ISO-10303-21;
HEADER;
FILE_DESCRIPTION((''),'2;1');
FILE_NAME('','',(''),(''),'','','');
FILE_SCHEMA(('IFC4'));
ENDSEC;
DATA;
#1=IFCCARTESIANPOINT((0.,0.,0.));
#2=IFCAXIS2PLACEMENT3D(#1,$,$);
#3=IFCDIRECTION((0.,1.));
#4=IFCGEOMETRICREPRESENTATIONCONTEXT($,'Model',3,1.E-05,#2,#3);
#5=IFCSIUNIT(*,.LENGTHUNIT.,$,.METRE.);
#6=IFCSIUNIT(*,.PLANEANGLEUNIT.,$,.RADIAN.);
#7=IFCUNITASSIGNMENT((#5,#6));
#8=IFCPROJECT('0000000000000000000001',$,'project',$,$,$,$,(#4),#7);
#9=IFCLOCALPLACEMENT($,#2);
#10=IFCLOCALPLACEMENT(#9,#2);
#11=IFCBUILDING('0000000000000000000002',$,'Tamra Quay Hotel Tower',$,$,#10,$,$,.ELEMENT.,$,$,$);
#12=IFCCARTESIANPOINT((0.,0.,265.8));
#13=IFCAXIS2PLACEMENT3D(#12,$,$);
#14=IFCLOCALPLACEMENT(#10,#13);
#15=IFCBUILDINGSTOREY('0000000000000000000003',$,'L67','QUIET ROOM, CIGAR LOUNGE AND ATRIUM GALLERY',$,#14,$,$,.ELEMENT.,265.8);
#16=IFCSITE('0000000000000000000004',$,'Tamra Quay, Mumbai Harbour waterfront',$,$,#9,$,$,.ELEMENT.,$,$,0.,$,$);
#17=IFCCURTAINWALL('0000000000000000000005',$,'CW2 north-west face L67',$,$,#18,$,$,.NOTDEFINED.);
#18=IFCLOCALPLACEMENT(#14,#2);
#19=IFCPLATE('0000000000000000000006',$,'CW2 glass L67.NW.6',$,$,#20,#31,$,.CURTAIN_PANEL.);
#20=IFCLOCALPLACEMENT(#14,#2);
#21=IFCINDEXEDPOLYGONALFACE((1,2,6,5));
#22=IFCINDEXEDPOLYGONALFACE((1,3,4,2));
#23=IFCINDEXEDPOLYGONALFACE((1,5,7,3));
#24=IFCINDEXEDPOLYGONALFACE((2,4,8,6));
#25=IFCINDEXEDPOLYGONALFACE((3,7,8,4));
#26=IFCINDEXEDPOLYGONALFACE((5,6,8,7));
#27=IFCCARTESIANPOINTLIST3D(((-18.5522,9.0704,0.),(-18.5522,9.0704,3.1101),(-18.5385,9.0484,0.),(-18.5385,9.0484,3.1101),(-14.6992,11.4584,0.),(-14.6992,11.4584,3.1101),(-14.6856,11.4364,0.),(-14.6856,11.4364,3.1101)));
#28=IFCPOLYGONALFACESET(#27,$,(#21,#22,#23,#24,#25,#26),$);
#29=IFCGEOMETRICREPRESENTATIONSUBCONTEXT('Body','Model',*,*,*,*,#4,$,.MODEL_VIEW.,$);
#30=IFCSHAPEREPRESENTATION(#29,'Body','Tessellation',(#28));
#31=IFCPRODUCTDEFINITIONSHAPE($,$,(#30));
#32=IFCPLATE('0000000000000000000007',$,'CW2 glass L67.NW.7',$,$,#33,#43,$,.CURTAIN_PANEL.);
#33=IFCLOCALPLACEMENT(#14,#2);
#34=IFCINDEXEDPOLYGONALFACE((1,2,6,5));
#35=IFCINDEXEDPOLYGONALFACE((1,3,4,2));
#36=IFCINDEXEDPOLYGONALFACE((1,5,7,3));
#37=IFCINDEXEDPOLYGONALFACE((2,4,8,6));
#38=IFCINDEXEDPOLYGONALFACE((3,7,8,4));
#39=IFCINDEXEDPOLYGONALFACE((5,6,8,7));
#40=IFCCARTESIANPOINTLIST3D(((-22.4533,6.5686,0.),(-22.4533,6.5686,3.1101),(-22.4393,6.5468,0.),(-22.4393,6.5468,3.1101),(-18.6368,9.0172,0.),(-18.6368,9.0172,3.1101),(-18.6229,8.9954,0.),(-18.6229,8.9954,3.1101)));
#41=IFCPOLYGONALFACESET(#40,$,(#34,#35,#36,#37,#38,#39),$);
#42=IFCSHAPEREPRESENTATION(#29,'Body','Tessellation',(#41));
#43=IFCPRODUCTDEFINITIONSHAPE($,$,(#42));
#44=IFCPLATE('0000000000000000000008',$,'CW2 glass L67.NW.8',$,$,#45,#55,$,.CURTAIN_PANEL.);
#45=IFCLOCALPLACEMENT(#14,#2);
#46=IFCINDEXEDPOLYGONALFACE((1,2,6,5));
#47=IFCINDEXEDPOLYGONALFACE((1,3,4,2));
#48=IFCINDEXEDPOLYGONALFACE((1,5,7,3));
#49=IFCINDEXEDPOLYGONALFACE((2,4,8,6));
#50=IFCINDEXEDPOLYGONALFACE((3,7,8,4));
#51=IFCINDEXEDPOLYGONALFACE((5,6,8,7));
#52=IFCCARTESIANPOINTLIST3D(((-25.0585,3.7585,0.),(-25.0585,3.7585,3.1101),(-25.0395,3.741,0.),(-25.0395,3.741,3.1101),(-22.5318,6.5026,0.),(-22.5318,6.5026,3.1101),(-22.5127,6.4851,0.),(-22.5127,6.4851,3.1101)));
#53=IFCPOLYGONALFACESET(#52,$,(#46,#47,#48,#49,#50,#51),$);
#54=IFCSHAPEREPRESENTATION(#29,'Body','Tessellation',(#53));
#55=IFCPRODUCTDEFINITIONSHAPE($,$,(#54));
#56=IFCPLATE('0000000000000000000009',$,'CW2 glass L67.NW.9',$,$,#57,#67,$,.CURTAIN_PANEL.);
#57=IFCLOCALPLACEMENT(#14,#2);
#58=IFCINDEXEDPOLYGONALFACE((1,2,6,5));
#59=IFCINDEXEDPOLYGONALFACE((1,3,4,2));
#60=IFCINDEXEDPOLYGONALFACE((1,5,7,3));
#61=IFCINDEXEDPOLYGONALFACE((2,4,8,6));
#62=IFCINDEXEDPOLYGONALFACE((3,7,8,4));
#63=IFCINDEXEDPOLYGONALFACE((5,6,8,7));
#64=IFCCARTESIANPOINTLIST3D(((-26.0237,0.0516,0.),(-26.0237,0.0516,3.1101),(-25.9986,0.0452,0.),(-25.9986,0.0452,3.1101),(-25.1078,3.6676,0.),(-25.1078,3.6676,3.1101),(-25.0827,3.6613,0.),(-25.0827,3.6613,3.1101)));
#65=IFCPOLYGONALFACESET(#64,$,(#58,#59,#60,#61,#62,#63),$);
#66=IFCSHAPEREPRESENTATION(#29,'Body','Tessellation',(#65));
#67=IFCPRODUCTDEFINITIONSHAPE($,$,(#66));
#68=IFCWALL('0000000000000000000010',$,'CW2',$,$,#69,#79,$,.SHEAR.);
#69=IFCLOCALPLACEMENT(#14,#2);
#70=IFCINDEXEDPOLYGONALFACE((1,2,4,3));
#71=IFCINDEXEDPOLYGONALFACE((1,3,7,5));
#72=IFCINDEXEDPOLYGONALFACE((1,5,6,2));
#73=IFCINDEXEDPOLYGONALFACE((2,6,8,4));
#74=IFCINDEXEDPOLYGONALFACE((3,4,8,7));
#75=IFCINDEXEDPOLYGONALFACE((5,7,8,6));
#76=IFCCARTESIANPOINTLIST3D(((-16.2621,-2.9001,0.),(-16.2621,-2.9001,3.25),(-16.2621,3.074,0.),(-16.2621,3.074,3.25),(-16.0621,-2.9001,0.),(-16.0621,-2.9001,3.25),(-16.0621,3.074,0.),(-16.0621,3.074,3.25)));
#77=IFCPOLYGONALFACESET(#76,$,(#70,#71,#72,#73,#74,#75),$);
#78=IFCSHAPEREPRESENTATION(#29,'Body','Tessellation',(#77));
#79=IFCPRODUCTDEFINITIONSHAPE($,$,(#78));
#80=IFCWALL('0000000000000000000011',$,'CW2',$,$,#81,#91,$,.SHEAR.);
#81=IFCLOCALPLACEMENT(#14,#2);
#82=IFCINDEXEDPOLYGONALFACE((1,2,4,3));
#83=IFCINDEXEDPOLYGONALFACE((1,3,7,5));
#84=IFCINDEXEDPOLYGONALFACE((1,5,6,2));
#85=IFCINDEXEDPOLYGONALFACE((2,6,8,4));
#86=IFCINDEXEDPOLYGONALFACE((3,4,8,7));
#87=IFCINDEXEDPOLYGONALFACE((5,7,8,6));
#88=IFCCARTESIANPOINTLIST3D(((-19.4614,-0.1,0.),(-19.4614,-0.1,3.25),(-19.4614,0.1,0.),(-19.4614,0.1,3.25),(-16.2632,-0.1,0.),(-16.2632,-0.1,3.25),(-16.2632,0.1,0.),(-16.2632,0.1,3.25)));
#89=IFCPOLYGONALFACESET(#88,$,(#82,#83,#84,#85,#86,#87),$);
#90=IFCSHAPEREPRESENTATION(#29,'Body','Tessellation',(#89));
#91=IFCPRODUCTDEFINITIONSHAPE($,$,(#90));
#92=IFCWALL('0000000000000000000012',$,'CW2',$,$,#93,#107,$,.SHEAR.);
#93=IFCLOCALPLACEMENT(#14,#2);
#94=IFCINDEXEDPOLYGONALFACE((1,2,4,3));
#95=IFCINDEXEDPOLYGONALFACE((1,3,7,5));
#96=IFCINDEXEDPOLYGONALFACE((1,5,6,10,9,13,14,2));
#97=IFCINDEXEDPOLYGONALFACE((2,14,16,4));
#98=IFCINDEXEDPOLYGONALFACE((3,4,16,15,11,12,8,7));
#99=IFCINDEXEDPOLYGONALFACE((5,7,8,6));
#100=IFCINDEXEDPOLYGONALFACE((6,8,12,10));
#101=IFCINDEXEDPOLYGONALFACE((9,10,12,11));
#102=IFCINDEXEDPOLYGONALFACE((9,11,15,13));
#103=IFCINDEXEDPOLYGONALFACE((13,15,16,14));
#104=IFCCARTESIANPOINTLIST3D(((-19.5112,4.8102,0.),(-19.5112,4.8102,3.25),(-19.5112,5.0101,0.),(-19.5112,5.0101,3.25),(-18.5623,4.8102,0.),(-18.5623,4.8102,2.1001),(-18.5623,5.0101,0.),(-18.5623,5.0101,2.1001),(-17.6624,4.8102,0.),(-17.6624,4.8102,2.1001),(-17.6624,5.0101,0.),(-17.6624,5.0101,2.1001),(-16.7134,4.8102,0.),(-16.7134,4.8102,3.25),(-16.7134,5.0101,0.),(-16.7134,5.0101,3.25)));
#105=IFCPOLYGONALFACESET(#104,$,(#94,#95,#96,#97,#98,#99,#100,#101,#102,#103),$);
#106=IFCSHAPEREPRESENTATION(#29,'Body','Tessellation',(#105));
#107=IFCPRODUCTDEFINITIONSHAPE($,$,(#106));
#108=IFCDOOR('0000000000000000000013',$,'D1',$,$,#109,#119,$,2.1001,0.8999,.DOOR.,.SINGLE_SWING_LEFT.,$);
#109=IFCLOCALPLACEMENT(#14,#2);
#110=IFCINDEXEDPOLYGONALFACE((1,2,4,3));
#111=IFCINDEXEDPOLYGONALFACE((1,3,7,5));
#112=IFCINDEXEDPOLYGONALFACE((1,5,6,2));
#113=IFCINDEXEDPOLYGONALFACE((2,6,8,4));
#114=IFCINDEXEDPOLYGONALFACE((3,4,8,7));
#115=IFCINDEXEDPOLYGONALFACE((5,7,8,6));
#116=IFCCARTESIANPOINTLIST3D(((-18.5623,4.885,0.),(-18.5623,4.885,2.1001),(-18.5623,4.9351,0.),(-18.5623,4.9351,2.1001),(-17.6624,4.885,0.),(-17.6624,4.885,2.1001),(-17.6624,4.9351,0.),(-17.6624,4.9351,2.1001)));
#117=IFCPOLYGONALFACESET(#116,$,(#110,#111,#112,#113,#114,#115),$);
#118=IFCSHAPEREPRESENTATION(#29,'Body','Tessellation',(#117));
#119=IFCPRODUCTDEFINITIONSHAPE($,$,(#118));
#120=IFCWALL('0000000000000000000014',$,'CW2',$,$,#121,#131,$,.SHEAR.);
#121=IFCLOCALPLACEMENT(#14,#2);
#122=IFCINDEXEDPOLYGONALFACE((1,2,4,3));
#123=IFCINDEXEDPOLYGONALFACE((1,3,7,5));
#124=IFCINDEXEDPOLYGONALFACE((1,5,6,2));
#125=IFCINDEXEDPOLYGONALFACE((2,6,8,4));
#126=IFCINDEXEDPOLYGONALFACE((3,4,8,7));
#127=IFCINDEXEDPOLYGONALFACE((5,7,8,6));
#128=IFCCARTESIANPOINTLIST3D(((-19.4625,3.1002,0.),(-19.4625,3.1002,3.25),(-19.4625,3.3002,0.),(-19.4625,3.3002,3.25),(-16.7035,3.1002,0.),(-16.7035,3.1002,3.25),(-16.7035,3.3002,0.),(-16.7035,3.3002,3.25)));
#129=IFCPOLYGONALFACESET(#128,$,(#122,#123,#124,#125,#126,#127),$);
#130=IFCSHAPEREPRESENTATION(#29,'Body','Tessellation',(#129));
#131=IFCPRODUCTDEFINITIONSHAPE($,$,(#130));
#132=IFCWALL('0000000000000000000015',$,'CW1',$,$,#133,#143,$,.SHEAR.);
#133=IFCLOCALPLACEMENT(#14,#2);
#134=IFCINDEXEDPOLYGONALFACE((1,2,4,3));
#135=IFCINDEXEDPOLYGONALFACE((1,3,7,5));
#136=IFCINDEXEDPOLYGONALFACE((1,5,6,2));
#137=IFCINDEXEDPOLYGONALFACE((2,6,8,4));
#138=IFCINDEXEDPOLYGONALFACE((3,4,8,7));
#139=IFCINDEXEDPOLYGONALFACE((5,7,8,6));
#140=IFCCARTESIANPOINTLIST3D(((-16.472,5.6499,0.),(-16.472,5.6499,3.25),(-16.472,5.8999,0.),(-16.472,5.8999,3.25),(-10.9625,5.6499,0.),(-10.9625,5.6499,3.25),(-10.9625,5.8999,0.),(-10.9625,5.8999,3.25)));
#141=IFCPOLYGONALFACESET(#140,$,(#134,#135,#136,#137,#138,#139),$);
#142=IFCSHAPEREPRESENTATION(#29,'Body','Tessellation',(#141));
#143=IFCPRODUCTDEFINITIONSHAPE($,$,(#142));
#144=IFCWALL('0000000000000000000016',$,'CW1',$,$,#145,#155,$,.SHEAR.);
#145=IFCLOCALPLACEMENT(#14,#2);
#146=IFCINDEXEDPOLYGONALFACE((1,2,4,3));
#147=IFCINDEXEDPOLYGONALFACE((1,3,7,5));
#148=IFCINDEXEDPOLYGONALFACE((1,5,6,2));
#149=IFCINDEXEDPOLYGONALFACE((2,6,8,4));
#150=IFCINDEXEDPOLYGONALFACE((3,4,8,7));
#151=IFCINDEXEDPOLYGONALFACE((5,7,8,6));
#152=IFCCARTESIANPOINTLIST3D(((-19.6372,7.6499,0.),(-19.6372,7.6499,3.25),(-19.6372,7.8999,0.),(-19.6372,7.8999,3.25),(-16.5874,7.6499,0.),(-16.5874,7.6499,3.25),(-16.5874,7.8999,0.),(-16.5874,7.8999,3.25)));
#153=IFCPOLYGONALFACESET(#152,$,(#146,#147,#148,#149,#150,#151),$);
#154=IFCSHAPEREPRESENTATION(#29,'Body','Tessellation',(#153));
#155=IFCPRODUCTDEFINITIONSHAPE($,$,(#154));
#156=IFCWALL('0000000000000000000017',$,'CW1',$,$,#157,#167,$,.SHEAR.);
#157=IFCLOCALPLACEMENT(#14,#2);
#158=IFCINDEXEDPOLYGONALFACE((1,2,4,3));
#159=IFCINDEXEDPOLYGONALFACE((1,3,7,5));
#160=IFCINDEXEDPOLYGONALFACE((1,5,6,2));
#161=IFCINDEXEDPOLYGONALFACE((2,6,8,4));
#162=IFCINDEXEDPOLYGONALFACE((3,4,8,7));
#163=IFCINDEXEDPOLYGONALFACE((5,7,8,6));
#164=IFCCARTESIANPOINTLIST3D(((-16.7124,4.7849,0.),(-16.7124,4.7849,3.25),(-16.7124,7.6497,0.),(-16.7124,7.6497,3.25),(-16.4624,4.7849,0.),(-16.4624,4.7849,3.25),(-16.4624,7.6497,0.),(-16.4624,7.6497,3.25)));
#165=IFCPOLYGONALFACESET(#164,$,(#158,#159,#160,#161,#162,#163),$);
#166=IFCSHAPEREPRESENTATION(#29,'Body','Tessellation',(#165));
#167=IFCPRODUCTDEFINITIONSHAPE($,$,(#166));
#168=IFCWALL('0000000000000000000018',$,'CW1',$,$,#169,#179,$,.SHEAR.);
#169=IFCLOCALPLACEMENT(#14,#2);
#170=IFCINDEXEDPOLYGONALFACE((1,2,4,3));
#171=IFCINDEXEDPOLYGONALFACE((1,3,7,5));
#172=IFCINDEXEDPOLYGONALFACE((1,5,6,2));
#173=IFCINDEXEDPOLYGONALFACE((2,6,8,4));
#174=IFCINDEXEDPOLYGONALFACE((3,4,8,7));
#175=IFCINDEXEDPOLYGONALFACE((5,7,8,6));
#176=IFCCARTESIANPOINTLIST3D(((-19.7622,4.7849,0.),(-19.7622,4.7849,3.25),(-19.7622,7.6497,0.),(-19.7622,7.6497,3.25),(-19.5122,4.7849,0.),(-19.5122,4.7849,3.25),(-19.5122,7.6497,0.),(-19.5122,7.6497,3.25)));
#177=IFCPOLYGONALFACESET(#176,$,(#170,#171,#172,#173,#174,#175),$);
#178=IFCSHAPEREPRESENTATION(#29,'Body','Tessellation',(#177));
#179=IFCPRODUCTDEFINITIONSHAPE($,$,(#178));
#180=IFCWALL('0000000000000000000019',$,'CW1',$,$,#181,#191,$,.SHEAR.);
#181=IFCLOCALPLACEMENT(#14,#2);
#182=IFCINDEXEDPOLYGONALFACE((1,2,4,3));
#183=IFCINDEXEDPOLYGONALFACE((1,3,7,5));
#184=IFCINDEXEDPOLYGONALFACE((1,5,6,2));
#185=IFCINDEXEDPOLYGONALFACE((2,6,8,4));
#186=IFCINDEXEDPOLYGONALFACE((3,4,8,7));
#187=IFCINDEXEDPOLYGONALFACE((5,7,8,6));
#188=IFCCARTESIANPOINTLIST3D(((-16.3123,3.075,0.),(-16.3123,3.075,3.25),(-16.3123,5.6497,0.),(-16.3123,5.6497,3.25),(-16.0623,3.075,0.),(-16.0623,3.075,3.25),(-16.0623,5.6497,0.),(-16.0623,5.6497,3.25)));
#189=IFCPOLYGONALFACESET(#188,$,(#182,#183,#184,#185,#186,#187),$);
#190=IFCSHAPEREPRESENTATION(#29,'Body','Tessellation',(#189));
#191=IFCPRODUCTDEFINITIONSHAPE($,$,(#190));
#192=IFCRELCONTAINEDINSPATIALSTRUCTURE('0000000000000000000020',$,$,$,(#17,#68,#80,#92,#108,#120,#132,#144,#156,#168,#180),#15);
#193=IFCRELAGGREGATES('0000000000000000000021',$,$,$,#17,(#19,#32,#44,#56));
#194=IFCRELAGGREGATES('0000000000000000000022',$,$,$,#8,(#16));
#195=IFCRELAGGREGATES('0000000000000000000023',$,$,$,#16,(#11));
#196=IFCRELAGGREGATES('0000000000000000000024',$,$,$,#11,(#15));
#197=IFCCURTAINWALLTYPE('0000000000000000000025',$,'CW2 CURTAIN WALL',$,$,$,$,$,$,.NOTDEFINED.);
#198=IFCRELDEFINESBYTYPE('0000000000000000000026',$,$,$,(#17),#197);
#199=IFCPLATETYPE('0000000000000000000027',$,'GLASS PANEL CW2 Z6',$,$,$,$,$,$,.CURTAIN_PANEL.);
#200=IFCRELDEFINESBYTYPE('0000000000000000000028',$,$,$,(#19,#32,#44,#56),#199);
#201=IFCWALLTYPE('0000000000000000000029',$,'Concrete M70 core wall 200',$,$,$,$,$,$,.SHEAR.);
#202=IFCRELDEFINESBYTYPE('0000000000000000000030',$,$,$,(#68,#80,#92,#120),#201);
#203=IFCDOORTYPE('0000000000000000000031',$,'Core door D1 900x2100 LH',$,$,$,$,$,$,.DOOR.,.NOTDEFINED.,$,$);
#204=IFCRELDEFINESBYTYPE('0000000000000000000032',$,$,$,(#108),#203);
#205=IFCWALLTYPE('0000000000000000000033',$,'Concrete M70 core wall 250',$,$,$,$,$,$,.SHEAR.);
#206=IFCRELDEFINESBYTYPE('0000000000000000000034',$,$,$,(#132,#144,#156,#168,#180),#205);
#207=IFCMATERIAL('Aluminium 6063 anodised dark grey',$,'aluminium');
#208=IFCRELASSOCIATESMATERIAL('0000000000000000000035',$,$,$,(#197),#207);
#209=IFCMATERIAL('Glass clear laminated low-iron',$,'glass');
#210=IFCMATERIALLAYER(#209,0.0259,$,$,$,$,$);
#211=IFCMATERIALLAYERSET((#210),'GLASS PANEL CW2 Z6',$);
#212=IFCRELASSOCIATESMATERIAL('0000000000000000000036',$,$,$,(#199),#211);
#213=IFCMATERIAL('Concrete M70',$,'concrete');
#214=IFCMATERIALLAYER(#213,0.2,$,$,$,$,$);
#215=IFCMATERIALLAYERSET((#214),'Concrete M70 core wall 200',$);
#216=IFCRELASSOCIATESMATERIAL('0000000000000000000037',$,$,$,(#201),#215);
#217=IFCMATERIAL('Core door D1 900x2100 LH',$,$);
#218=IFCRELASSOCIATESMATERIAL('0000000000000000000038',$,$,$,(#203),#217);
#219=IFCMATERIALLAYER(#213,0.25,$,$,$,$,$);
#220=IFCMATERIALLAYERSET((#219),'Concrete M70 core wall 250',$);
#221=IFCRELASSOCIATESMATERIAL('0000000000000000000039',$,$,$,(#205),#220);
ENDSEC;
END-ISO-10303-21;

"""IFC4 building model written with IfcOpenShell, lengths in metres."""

from ifc_helpers import new_model, si_unit, direction, frame, frame_2d, origin, origin_2d, place, context, subcontext, project, spatial, rectangle, extrude, material, layer, layer_set, type_object, element, fill, aggregate, save


model = new_model("IFC4")

# Units and contexts
model_context = context("Model", 3, precision=1e-05, world=origin(), true_north=direction((0.0, 1.0)))
body_context = subcontext(model_context, "Body", "Model", "MODEL_VIEW")
ifc_project = project(units=[si_unit("LENGTHUNIT", "METRE"), si_unit("PLANEANGLEUNIT", "RADIAN")], contexts=[model_context])

# Site, building, storey
site_placement = place(None, origin())
site = spatial("IfcSite", under=ifc_project, at=site_placement, Name="Tamra Quay, Mumbai Harbour waterfront", CompositionType="ELEMENT", RefElevation=0.0)
building_placement = place(site_placement, origin())
building = spatial("IfcBuilding", under=site, at=building_placement, Name="Tamra Quay Hotel Tower", CompositionType="ELEMENT")
storey_placement = place(building_placement, frame((0.0, 0.0, 265.8)))
storey = spatial("IfcBuildingStorey", under=building, at=storey_placement, Name="L67", Description="QUIET ROOM, CIGAR LOUNGE AND ATRIUM GALLERY", CompositionType="ELEMENT", Elevation=265.8)

# Shared definitions
ifc_material_1 = material(Name="Concrete M70", Category="concrete")

# Curtain wall
ifc_material_2 = material(Name="Aluminium 6063 anodised dark grey", Category="aluminium")
curtain_wall_type = type_object("IfcCurtainWallType", Name="CW2 CURTAIN WALL", PredefinedType="NOTDEFINED", material=ifc_material_2)
curtain_wall_placement = place(storey_placement, origin())
curtain_wall = element("IfcCurtainWall", 1, at=curtain_wall_placement, inside=storey, type_object=curtain_wall_type, Name="CW2 north-west face L67", PredefinedType="NOTDEFINED")

# Plates
ifc_material_3 = material(Name="Glass clear laminated low-iron", Category="glass")
ifc_layer_1 = layer(ifc_material_3, 0.0259)
ifc_layer_set_1 = layer_set([ifc_layer_1], Name="GLASS PANEL CW2 Z6")
plate_type = type_object("IfcPlateType", Name="GLASS PANEL CW2 Z6", PredefinedType="CURTAIN_PANEL", material=ifc_layer_set_1)
plate_1_placement = place(storey_placement, frame((-16.6189, 10.2534, 0.0), z_axis=(0.0, 0.0, 1.0), x_axis=(-0.849982, -0.526812, 0.0)))
plate_1 = element("IfcPlate", 2, at=plate_1_placement, type_object=plate_type, Name="CW2 glass L67.NW.6", PredefinedType="CURTAIN_PANEL", context=body_context, shape_type="SweptSolid", body=[
    extrude(rectangle(XDim=4.533, YDim=0.0259, at=origin_2d()), origin(), (0.0, 0.0, 1.0), 3.1101),
])
plate_2_placement = place(storey_placement, frame((-20.5381, 7.782, 0.0), z_axis=(0.0, 0.0, 1.0), x_axis=(-0.841665, -0.54, 0.0)))
plate_2 = element("IfcPlate", 3, at=plate_2_placement, type_object=plate_type, Name="CW2 glass L67.NW.7", PredefinedType="CURTAIN_PANEL", context=body_context, shape_type="SweptSolid", body=[
    extrude(rectangle(XDim=4.5344, YDim=0.0259, at=origin_2d()), origin(), (0.0, 0.0, 1.0), 3.1101),
])
plate_3_placement = place(storey_placement, frame((-23.7856, 5.1218, 0.0), z_axis=(0.0, 0.0, 1.0), x_axis=(-0.677376, -0.735637, 0.0)))
plate_3 = element("IfcPlate", 4, at=plate_3_placement, type_object=plate_type, Name="CW2 glass L67.NW.8", PredefinedType="CURTAIN_PANEL", context=body_context, shape_type="SweptSolid", body=[
    extrude(rectangle(XDim=3.7302, YDim=0.0259, at=origin_2d()), origin(), (0.0, 0.0, 1.0), 3.1101),
])
plate_4_placement = place(storey_placement, frame((-25.5532, 1.8564, 0.0), z_axis=(0.0, 0.0, 1.0), x_axis=(-0.245527, -0.96939, 0.0)))
plate_4 = element("IfcPlate", 5, at=plate_4_placement, type_object=plate_type, Name="CW2 glass L67.NW.9", PredefinedType="CURTAIN_PANEL", context=body_context, shape_type="SweptSolid", body=[
    extrude(rectangle(XDim=3.7302, YDim=0.0259, at=origin_2d()), origin(), (0.0, 0.0, 1.0), 3.1101),
])
aggregate(curtain_wall, [plate_1, plate_2, plate_3, plate_4])

# Walls
ifc_layer_2 = layer(ifc_material_1, 0.2)
ifc_layer_set_2 = layer_set([ifc_layer_2], Name="Concrete M70 core wall 200")
wall_type_1 = type_object("IfcWallType", Name="Concrete M70 core wall 200", PredefinedType="SHEAR", material=ifc_layer_set_2)
wall_1_placement = place(storey_placement, frame((-16.1621, 3.074, 0.0), z_axis=(0.0, 0.0, 1.0), x_axis=(0.0, -1.0, 0.0)))
element("IfcWall", 6, at=wall_1_placement, inside=storey, type_object=wall_type_1, Name="CW2", PredefinedType="SHEAR", context=body_context, shape_type="SweptSolid", body=[
    extrude(rectangle(XDim=5.9741, YDim=0.2, at=frame_2d((2.9871, 0.0))), origin(), (0.0, 0.0, 1.0), 3.25),
])
wall_2_placement = place(storey_placement, frame((-16.2632, 0.0, 0.0), z_axis=(0.0, 0.0, 1.0), x_axis=(-1.0, 0.0, 0.0)))
element("IfcWall", 7, at=wall_2_placement, inside=storey, type_object=wall_type_1, Name="CW2", PredefinedType="SHEAR", context=body_context, shape_type="SweptSolid", body=[
    extrude(rectangle(XDim=3.1982, YDim=0.2, at=frame_2d((1.5991, 0.0))), origin(), (0.0, 0.0, 1.0), 3.25),
])

# Wall, opening, door
wall_3_placement = place(storey_placement, frame((-19.5112, 4.9102, 0.0), z_axis=(0.0, 0.0, 1.0), x_axis=(1.0, 0.0, 0.0)))
wall_3 = element("IfcWall", 8, at=wall_3_placement, inside=storey, type_object=wall_type_1, Name="CW2", PredefinedType="SHEAR", context=body_context, shape_type="SweptSolid", body=[
    extrude(rectangle(XDim=2.7979, YDim=0.2, at=frame_2d((1.3989, 0.0))), origin(), (0.0, 0.0, 1.0), 3.25),
])
opening_placement = place(wall_3_placement, frame((0.949, 0.0, 0.0)))
opening = element("IfcOpeningElement", 9, at=opening_placement, cuts=wall_3, PredefinedType="OPENING", context=body_context, shape_type="SweptSolid", body=[
    extrude(rectangle(XDim=0.8999, YDim=2.1001, at=frame_2d((0.45, 1.05))), frame((0.0, 0.1099, 0.0), z_axis=(0.0, -1.0, 0.0), x_axis=(1.0, 0.0, 0.0)), (0.0, 0.0, 1.0), 0.22),
])
ifc_material_4 = material(Name="Core door D1 900x2100 LH")
door_type = type_object("IfcDoorType", Name="Core door D1 900x2100 LH", OperationType="NOTDEFINED", PredefinedType="DOOR", material=ifc_material_4)
door_placement = place(opening_placement, origin())
door = element("IfcDoor", 10, at=door_placement, inside=storey, type_object=door_type, Name="D1", OperationType="SINGLE_SWING_LEFT", OverallHeight=2.1001, OverallWidth=0.8999, PredefinedType="DOOR", context=body_context, shape_type="SweptSolid", body=[
    extrude(rectangle(XDim=0.8999, YDim=2.1001, at=frame_2d((0.45, 1.05))), frame((0.0, 0.0249, 0.0), z_axis=(0.0, -1.0, 0.0), x_axis=(1.0, 0.0, 0.0)), (0.0, 0.0, 1.0), 0.05),
])
fill(opening, door)

# Walls
wall_4_placement = place(storey_placement, frame((-19.4624, 3.2002, 0.0), z_axis=(0.0, 0.0, 1.0), x_axis=(1.0, 0.0, 0.0)))
element("IfcWall", 11, at=wall_4_placement, inside=storey, type_object=wall_type_1, Name="CW2", PredefinedType="SHEAR", context=body_context, shape_type="SweptSolid", body=[
    extrude(rectangle(XDim=2.759, YDim=0.2, at=frame_2d((1.3794, 0.0))), origin(), (0.0, 0.0, 1.0), 3.25),
])
ifc_layer_3 = layer(ifc_material_1, 0.25)
ifc_layer_set_3 = layer_set([ifc_layer_3], Name="Concrete M70 core wall 250")
wall_type_2 = type_object("IfcWallType", Name="Concrete M70 core wall 250", PredefinedType="SHEAR", material=ifc_layer_set_3)
wall_5_placement = place(storey_placement, frame((-16.4722, 5.7749, 0.0), z_axis=(0.0, 0.0, 1.0), x_axis=(1.0, 0.0, 0.0)))
element("IfcWall", 12, at=wall_5_placement, inside=storey, type_object=wall_type_2, Name="CW1", PredefinedType="SHEAR", context=body_context, shape_type="SweptSolid", body=[
    extrude(rectangle(XDim=5.5095, YDim=0.25, at=frame_2d((2.7549, 0.0))), origin(), (0.0, 0.0, 1.0), 3.25),
])
wall_6_placement = place(storey_placement, frame((-19.6372, 7.7749, 0.0), z_axis=(0.0, 0.0, 1.0), x_axis=(1.0, 0.0, 0.0)))
element("IfcWall", 13, at=wall_6_placement, inside=storey, type_object=wall_type_2, Name="CW1", PredefinedType="SHEAR", context=body_context, shape_type="SweptSolid", body=[
    extrude(rectangle(XDim=3.0498, YDim=0.25, at=frame_2d((1.5249, 0.0))), origin(), (0.0, 0.0, 1.0), 3.25),
])
for number, where, z_axis, x_axis, name in (
    (14, (-16.5874, 7.6497, 0.0), (0.0, 0.0, 1.0), (0.0, -1.0, 0.0), "CW1"),
    (15, (-19.6372, 4.7849, 0.0), (0.0, 0.0, 1.0), (0.0, 1.0, 0.0), "CW1"),
):
    element("IfcWall", number, at=place(storey_placement, frame(where, z_axis=z_axis, x_axis=x_axis)), inside=storey, type_object=wall_type_2, Name=name, PredefinedType="SHEAR", context=body_context, shape_type="SweptSolid", body=[
        extrude(rectangle(XDim=2.8647, YDim=0.25, at=frame_2d((1.4324, 0.0))), origin(), (0.0, 0.0, 1.0), 3.25),
    ])
wall_7_placement = place(storey_placement, frame((-16.1873, 3.075, 0.0), z_axis=(0.0, 0.0, 1.0), x_axis=(0.0, 1.0, 0.0)))
element("IfcWall", 16, at=wall_7_placement, inside=storey, type_object=wall_type_2, Name="CW1", PredefinedType="SHEAR", context=body_context, shape_type="SweptSolid", body=[
    extrude(rectangle(XDim=2.5747, YDim=0.25, at=frame_2d((1.2874, 0.0))), origin(), (0.0, 0.0, 1.0), 3.25),
])

save(model, "model.ifc")
